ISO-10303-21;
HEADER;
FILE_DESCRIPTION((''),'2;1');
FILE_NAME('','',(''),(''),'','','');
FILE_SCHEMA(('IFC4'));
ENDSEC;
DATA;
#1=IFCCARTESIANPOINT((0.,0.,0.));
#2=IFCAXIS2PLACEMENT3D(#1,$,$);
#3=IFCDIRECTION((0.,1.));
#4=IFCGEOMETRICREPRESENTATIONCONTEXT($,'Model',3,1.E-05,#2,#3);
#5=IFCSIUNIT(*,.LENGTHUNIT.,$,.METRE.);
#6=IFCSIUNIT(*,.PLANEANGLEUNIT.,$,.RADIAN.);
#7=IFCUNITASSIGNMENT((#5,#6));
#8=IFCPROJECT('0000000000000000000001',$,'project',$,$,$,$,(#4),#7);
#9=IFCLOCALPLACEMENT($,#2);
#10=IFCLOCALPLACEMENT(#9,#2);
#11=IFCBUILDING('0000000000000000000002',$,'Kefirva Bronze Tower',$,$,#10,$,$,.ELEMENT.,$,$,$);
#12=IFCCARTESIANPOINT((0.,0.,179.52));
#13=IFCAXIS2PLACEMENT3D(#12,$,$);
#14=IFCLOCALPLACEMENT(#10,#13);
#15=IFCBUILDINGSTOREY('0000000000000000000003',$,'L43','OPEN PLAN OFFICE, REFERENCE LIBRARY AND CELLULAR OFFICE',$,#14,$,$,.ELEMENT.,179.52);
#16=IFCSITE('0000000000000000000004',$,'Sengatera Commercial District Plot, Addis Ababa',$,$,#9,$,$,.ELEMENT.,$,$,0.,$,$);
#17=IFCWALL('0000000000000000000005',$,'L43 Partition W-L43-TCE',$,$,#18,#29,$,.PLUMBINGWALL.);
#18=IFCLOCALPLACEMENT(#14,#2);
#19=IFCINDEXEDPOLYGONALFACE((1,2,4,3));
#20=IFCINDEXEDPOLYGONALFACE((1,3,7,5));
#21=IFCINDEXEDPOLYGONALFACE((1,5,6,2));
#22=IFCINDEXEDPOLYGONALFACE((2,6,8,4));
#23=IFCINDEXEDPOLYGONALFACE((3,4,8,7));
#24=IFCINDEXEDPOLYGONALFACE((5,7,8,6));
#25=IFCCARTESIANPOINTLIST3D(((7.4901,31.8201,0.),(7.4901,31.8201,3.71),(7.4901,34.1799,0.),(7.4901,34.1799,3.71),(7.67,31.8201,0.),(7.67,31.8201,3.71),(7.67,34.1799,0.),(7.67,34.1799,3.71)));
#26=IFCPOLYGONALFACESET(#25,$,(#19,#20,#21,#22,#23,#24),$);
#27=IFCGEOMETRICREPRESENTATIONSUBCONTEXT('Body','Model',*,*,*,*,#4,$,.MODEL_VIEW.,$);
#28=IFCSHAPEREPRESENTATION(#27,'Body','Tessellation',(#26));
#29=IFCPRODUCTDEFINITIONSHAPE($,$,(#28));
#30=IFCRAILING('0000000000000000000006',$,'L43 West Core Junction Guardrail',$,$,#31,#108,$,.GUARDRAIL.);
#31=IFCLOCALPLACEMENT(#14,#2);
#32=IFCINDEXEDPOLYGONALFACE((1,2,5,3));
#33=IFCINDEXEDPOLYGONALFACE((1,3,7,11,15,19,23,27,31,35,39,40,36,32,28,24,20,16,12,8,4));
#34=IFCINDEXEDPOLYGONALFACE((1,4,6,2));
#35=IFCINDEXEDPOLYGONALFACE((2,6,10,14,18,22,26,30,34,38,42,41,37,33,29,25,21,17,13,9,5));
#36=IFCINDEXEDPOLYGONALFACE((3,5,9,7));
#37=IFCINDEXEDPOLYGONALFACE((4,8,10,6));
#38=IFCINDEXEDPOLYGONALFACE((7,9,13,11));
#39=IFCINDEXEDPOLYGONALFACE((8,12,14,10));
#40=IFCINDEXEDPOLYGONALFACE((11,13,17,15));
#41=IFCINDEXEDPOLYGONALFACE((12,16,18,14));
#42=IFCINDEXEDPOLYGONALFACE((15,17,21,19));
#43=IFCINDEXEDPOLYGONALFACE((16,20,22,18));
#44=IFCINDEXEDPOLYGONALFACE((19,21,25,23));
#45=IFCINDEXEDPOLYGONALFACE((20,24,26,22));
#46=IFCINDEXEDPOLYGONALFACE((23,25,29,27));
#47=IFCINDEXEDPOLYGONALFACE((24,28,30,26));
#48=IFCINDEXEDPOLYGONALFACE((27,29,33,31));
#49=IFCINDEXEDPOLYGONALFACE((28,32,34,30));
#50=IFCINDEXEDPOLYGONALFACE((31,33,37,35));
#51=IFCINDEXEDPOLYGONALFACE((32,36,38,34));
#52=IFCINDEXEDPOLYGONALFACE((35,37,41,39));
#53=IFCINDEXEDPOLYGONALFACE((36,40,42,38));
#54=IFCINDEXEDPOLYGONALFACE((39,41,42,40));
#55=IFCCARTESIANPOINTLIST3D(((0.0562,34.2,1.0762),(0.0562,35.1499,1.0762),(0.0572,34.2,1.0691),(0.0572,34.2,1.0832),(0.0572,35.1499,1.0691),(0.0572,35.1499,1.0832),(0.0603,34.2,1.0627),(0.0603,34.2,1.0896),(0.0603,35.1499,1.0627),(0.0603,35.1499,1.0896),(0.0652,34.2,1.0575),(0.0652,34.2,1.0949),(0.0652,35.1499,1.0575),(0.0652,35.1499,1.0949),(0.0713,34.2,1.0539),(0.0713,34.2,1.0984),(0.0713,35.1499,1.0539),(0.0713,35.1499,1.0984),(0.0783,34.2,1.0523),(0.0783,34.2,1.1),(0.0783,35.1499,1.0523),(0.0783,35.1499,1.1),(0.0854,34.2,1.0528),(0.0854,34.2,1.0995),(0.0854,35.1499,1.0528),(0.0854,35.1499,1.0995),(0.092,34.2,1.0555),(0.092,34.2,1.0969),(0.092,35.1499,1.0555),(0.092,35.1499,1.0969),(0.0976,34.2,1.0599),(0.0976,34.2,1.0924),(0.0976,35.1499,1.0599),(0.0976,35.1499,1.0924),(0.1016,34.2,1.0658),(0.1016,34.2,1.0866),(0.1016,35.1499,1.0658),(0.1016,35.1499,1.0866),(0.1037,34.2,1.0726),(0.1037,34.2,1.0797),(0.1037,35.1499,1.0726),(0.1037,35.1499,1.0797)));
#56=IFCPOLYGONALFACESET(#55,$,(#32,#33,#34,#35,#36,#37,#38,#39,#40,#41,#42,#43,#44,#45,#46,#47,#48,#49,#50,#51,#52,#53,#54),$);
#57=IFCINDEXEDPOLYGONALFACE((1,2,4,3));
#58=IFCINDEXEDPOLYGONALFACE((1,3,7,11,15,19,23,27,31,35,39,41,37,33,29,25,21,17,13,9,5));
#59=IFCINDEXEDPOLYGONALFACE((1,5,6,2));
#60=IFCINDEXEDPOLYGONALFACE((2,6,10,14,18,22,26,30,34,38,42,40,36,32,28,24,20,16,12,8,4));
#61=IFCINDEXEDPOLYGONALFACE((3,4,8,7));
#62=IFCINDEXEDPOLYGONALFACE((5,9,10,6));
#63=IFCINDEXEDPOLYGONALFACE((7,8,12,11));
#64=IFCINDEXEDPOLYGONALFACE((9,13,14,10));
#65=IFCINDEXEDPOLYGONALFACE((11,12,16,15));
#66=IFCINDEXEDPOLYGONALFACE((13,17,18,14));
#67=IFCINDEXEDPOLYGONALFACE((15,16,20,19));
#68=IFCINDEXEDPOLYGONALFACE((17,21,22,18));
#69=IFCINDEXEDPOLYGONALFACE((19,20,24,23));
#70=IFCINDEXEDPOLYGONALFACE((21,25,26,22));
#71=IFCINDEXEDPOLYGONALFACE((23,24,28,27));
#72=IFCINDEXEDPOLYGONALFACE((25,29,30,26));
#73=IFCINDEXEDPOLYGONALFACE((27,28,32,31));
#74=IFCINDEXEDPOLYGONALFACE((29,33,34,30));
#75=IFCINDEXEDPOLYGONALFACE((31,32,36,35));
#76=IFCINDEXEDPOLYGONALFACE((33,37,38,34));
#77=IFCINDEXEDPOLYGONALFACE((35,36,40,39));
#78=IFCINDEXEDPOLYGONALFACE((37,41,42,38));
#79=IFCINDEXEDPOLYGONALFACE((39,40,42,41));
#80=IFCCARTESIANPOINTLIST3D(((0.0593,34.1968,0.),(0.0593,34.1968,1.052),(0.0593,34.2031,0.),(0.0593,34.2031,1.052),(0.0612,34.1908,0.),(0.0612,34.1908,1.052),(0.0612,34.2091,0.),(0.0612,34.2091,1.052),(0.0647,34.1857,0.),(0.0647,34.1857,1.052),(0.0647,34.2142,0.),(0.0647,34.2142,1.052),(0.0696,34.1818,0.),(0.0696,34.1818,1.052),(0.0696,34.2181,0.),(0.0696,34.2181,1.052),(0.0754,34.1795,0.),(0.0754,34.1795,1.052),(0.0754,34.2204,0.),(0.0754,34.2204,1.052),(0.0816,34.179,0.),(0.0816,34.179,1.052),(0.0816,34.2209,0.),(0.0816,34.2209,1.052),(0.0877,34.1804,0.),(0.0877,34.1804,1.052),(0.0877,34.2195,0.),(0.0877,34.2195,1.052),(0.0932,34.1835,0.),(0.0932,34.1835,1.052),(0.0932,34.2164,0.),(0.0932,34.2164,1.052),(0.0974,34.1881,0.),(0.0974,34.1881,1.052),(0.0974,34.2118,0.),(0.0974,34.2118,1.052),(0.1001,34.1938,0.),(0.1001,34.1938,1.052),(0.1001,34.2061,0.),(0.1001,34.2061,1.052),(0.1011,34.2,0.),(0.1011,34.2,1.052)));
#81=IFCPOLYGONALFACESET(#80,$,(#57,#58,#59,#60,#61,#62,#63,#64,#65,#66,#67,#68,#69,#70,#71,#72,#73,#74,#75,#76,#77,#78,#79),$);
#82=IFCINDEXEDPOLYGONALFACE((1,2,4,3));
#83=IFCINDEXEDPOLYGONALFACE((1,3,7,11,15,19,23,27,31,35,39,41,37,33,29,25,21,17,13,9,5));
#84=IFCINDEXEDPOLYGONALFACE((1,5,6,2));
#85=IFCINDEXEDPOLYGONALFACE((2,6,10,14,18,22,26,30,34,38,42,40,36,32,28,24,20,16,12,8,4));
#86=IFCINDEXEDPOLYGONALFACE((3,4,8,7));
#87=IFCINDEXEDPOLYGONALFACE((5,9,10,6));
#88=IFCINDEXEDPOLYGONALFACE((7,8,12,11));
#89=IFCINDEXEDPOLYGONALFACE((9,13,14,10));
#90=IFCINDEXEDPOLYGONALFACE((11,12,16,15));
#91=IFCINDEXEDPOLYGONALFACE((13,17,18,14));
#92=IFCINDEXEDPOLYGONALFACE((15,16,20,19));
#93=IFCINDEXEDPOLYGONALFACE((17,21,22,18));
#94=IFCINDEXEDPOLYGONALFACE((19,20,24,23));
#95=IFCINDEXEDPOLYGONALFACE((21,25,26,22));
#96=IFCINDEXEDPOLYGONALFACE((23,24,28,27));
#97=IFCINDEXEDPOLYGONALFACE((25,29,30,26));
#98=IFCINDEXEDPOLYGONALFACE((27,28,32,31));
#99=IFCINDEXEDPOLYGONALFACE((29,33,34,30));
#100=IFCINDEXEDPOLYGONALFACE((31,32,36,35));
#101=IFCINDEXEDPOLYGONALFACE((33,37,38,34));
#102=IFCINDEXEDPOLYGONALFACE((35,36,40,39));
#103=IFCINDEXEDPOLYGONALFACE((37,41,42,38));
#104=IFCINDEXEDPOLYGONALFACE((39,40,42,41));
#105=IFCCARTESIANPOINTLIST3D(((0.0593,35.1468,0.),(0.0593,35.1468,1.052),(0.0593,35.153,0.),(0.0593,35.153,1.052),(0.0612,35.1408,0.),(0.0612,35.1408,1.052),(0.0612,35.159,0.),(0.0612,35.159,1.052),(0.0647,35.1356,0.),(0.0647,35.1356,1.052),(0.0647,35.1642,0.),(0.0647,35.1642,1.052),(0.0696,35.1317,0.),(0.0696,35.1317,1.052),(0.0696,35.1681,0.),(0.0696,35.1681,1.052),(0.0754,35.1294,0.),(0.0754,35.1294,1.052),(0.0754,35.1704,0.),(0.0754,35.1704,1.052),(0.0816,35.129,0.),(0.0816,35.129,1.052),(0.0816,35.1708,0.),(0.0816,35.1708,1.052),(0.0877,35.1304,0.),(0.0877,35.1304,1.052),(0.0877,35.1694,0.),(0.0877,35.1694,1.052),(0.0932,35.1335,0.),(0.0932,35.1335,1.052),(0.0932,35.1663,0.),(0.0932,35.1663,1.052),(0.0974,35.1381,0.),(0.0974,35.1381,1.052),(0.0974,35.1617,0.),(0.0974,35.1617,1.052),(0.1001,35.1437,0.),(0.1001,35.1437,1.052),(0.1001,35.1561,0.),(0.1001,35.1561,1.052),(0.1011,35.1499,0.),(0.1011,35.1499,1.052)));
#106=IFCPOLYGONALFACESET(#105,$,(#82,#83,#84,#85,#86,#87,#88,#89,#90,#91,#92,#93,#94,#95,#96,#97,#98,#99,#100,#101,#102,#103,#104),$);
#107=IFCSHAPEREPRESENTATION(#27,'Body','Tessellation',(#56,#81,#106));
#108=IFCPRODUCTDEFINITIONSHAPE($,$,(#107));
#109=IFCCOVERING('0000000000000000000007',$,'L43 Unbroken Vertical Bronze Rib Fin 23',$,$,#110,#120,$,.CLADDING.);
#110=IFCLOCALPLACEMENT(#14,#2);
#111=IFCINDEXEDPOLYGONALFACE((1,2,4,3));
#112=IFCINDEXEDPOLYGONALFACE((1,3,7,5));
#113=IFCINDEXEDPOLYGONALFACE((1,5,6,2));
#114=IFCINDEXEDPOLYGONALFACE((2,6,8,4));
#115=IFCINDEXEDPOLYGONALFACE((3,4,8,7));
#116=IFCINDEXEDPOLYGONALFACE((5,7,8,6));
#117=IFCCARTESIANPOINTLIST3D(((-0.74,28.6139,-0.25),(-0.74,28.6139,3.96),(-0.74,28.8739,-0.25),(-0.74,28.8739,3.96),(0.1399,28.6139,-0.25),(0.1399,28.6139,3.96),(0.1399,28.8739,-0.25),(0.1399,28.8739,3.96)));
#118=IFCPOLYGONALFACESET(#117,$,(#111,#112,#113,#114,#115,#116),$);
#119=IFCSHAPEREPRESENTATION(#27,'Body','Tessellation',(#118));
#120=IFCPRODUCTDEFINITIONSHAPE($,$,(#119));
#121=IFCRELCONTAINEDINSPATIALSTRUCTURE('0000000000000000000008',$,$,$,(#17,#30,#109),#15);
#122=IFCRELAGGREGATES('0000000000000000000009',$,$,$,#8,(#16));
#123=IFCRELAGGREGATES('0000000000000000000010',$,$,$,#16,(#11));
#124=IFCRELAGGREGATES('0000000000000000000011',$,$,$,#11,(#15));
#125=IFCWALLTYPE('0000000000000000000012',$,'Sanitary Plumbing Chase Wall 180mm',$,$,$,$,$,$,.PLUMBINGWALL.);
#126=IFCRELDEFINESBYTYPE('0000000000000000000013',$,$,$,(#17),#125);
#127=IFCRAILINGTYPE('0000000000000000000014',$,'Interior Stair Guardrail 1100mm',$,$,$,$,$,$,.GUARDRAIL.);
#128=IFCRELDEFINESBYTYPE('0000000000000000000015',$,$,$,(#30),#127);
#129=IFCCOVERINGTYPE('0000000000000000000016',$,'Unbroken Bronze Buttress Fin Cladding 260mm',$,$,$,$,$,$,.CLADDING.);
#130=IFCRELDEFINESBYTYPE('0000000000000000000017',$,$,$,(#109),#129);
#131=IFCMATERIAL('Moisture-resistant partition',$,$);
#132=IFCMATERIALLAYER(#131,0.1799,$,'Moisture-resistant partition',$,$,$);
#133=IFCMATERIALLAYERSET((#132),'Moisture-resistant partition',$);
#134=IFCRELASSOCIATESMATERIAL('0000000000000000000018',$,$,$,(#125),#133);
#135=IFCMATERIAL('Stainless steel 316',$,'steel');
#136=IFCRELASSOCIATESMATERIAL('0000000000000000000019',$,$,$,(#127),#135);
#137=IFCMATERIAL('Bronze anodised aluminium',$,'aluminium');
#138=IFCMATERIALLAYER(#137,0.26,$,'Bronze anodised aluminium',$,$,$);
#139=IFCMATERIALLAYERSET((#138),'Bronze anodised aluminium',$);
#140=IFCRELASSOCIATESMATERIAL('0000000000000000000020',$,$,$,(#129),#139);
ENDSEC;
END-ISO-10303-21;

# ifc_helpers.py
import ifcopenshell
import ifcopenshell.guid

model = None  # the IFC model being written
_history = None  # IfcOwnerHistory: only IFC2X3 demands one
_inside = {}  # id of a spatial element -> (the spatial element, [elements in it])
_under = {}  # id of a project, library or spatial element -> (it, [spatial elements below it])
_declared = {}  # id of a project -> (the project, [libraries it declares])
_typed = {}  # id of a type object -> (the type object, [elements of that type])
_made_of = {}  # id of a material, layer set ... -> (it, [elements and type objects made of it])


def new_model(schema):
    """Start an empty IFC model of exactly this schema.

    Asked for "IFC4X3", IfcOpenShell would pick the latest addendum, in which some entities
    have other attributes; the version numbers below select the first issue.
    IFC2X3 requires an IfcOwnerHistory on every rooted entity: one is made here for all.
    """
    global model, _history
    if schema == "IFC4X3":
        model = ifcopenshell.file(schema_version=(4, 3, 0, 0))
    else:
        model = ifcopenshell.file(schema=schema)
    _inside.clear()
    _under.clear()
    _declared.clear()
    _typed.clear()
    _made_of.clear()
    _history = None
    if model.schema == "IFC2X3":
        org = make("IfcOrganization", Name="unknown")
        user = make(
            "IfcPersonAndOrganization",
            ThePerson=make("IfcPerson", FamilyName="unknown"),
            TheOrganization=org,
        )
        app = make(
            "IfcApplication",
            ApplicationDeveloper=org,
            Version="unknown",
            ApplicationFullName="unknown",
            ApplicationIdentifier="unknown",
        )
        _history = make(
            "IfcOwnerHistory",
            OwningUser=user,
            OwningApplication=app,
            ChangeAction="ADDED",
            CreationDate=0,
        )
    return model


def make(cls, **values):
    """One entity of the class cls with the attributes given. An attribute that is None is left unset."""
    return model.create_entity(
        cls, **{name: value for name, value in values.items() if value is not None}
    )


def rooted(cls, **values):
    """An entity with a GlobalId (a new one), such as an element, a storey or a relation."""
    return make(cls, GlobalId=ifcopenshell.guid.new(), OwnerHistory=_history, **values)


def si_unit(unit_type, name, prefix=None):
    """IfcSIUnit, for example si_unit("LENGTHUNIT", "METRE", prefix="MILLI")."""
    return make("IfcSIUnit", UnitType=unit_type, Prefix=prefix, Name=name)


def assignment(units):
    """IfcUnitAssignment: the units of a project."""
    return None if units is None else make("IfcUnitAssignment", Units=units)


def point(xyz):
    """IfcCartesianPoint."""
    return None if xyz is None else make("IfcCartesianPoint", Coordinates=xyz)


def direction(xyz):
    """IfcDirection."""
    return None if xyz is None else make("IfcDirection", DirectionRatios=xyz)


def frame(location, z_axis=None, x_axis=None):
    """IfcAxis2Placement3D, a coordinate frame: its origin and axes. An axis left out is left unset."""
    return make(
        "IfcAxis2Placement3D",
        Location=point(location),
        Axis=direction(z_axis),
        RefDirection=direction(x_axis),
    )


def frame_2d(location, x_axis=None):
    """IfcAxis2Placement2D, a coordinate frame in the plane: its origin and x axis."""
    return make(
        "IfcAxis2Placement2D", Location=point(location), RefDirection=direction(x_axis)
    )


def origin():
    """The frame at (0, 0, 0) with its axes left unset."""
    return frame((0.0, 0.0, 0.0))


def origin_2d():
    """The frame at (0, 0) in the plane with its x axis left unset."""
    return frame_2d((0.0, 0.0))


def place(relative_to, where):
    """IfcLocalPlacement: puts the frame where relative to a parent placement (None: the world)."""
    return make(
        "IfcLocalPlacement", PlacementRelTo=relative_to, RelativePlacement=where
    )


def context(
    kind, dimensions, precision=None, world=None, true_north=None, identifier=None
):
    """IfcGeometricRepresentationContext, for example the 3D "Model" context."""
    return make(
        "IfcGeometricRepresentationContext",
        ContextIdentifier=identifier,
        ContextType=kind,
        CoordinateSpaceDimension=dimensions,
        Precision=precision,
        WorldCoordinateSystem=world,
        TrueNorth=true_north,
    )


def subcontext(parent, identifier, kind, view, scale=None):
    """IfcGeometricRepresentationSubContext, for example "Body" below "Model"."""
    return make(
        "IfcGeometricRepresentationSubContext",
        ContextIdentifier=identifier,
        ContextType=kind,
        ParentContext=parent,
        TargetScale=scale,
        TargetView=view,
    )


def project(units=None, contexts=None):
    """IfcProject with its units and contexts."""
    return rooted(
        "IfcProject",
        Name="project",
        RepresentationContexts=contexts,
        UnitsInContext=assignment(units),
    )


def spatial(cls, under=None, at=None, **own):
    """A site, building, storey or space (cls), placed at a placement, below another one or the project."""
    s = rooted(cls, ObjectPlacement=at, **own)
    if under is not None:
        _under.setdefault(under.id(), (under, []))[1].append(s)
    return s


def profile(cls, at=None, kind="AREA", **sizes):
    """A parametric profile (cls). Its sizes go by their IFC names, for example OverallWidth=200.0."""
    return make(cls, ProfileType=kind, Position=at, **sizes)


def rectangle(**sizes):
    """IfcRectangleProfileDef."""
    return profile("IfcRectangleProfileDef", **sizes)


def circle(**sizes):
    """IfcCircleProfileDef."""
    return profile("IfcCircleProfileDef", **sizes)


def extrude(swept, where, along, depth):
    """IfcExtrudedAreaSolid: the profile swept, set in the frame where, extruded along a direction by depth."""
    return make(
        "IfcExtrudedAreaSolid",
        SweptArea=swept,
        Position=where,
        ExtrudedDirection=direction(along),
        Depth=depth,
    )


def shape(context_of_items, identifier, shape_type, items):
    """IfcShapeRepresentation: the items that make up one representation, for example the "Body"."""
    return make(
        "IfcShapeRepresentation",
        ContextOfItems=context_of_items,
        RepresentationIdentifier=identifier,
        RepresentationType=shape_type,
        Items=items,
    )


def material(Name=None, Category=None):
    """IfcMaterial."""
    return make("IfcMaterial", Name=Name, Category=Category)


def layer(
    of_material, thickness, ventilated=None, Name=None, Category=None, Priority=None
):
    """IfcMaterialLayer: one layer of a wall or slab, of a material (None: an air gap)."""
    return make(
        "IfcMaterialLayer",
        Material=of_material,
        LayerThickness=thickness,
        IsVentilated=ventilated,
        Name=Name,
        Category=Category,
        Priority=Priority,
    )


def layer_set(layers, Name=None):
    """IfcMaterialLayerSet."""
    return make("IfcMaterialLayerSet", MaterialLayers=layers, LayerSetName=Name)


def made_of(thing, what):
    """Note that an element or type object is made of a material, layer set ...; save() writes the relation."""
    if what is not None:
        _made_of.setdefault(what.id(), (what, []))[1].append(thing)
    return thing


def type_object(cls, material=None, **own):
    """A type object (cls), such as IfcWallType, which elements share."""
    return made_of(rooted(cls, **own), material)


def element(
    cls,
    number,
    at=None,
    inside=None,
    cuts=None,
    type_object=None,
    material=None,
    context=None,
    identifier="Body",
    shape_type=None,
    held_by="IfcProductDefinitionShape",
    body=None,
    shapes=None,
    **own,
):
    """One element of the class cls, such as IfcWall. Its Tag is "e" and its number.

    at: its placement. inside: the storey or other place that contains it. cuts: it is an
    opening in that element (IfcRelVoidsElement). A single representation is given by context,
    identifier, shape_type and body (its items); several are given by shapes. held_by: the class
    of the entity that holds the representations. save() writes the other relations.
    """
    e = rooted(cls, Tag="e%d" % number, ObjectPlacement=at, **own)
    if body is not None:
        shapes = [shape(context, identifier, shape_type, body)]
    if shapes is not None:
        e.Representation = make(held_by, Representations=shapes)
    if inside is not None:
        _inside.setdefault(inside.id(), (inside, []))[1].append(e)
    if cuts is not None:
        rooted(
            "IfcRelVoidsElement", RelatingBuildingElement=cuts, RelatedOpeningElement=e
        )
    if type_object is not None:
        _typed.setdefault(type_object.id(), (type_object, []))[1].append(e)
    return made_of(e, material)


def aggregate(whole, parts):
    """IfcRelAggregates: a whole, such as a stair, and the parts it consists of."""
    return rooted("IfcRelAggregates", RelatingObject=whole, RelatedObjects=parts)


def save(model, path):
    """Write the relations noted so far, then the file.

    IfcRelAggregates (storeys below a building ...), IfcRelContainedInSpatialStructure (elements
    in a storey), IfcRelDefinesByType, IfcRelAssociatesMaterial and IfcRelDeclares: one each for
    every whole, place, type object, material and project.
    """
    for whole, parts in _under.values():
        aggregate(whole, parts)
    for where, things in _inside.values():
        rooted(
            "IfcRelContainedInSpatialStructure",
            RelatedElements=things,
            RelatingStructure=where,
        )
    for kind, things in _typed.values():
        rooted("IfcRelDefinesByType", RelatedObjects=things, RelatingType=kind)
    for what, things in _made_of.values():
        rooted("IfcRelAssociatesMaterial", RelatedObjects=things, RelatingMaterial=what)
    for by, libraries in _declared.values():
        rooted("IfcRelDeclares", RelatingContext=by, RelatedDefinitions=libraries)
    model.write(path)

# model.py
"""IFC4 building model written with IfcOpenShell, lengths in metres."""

from ifc_helpers import new_model, si_unit, direction, frame, frame_2d, origin, origin_2d, place, context, subcontext, project, spatial, rectangle, circle, extrude, material, layer, layer_set, type_object, element, save


model = new_model("IFC4")

# Units and contexts
model_context = context("Model", 3, precision=1e-05, world=origin(), true_north=direction((0.0, 1.0)))
body_context = subcontext(model_context, "Body", "Model", "MODEL_VIEW")
ifc_project = project(units=[si_unit("LENGTHUNIT", "METRE"), si_unit("PLANEANGLEUNIT", "RADIAN")], contexts=[model_context])

# Site, building, storey
site_placement = place(None, origin())
site = spatial("IfcSite", under=ifc_project, at=site_placement, Name="Sengatera Commercial District Plot, Addis Ababa", CompositionType="ELEMENT", RefElevation=0.0)
building_placement = place(site_placement, origin())
building = spatial("IfcBuilding", under=site, at=building_placement, Name="Kefirva Bronze Tower", CompositionType="ELEMENT")
storey_placement = place(building_placement, frame((0.0, 0.0, 179.52)))
storey = spatial("IfcBuildingStorey", under=building, at=storey_placement, Name="L43", Description="OPEN PLAN OFFICE, REFERENCE LIBRARY AND CELLULAR OFFICE", CompositionType="ELEMENT", Elevation=179.52)

# Shared definitions
ifc_material_1 = material(Name="Bronze anodised aluminium", Category="aluminium")

# Shared definitions
ifc_material_2 = material(Name="Moisture-resistant partition")
ifc_layer_1 = layer(ifc_material_2, 0.1799, Name="Moisture-resistant partition")
ifc_layer_set_1 = layer_set([ifc_layer_1], Name="Moisture-resistant partition")
wall_type_1 = type_object("IfcWallType", Name="Sanitary Plumbing Chase Wall 180mm", PredefinedType="PLUMBINGWALL", material=ifc_layer_set_1)

# Wall
wall_1_placement = place(storey_placement, frame((7.5801, 31.8201, 0.0), z_axis=(0.0, 0.0, 1.0), x_axis=(0.0, 1.0, 0.0)))
element("IfcWall", 1, at=wall_1_placement, inside=storey, type_object=wall_type_1, Name="L43 Partition W-L43-TCE", PredefinedType="PLUMBINGWALL", context=body_context, shape_type="SweptSolid", body=[
    extrude(rectangle(XDim=2.3599, YDim=0.1799, at=frame_2d((1.1799, 0.0))), origin(), (0.0, 0.0, 1.0), 3.71),
])

# Railing
ifc_material_3 = material(Name="Stainless steel 316", Category="steel")
railing_type = type_object("IfcRailingType", Name="Interior Stair Guardrail 1100mm", PredefinedType="GUARDRAIL", material=ifc_material_3)
railing_placement = place(storey_placement, frame((0.0801, 34.2, 0.0)))
element("IfcRailing", 2, at=railing_placement, inside=storey, type_object=railing_type, Name="L43 West Core Junction Guardrail", PredefinedType="GUARDRAIL", context=body_context, shape_type="SweptSolid", body=[
    extrude(circle(Radius=0.0239, at=origin_2d()), frame((0.0, 0.0, 1.0762), z_axis=(0.0, 1.0, 0.0), x_axis=(-1.0, 0.0, 0.0)), (0.0, 0.0, 1.0), 0.95),
    extrude(circle(Radius=0.021, at=origin_2d()), origin(), (0.0, 0.0, 1.0), 1.052),
    extrude(circle(Radius=0.021, at=origin_2d()), frame((0.0, 0.95, 0.0)), (0.0, 0.0, 1.0), 1.052),
])

# Covering
ifc_layer_2 = layer(ifc_material_1, 0.26, Name="Bronze anodised aluminium")
ifc_layer_set_2 = layer_set([ifc_layer_2], Name="Bronze anodised aluminium")
covering_type = type_object("IfcCoveringType", Name="Unbroken Bronze Buttress Fin Cladding 260mm", PredefinedType="CLADDING", material=ifc_layer_set_2)
covering_placement = place(storey_placement, frame((-0.3, 28.7439, -0.25), z_axis=(0.0, 0.0, 1.0), x_axis=(0.0, -1.0, 0.0)))
element("IfcCovering", 3, at=covering_placement, inside=storey, type_object=covering_type, Name="L43 Unbroken Vertical Bronze Rib Fin 23", PredefinedType="CLADDING", context=body_context, shape_type="SweptSolid", body=[
    extrude(rectangle(XDim=0.26, YDim=0.8799, at=origin_2d()), origin(), (0.0, 0.0, 1.0), 4.21),
])

save(model, "model.ifc")
